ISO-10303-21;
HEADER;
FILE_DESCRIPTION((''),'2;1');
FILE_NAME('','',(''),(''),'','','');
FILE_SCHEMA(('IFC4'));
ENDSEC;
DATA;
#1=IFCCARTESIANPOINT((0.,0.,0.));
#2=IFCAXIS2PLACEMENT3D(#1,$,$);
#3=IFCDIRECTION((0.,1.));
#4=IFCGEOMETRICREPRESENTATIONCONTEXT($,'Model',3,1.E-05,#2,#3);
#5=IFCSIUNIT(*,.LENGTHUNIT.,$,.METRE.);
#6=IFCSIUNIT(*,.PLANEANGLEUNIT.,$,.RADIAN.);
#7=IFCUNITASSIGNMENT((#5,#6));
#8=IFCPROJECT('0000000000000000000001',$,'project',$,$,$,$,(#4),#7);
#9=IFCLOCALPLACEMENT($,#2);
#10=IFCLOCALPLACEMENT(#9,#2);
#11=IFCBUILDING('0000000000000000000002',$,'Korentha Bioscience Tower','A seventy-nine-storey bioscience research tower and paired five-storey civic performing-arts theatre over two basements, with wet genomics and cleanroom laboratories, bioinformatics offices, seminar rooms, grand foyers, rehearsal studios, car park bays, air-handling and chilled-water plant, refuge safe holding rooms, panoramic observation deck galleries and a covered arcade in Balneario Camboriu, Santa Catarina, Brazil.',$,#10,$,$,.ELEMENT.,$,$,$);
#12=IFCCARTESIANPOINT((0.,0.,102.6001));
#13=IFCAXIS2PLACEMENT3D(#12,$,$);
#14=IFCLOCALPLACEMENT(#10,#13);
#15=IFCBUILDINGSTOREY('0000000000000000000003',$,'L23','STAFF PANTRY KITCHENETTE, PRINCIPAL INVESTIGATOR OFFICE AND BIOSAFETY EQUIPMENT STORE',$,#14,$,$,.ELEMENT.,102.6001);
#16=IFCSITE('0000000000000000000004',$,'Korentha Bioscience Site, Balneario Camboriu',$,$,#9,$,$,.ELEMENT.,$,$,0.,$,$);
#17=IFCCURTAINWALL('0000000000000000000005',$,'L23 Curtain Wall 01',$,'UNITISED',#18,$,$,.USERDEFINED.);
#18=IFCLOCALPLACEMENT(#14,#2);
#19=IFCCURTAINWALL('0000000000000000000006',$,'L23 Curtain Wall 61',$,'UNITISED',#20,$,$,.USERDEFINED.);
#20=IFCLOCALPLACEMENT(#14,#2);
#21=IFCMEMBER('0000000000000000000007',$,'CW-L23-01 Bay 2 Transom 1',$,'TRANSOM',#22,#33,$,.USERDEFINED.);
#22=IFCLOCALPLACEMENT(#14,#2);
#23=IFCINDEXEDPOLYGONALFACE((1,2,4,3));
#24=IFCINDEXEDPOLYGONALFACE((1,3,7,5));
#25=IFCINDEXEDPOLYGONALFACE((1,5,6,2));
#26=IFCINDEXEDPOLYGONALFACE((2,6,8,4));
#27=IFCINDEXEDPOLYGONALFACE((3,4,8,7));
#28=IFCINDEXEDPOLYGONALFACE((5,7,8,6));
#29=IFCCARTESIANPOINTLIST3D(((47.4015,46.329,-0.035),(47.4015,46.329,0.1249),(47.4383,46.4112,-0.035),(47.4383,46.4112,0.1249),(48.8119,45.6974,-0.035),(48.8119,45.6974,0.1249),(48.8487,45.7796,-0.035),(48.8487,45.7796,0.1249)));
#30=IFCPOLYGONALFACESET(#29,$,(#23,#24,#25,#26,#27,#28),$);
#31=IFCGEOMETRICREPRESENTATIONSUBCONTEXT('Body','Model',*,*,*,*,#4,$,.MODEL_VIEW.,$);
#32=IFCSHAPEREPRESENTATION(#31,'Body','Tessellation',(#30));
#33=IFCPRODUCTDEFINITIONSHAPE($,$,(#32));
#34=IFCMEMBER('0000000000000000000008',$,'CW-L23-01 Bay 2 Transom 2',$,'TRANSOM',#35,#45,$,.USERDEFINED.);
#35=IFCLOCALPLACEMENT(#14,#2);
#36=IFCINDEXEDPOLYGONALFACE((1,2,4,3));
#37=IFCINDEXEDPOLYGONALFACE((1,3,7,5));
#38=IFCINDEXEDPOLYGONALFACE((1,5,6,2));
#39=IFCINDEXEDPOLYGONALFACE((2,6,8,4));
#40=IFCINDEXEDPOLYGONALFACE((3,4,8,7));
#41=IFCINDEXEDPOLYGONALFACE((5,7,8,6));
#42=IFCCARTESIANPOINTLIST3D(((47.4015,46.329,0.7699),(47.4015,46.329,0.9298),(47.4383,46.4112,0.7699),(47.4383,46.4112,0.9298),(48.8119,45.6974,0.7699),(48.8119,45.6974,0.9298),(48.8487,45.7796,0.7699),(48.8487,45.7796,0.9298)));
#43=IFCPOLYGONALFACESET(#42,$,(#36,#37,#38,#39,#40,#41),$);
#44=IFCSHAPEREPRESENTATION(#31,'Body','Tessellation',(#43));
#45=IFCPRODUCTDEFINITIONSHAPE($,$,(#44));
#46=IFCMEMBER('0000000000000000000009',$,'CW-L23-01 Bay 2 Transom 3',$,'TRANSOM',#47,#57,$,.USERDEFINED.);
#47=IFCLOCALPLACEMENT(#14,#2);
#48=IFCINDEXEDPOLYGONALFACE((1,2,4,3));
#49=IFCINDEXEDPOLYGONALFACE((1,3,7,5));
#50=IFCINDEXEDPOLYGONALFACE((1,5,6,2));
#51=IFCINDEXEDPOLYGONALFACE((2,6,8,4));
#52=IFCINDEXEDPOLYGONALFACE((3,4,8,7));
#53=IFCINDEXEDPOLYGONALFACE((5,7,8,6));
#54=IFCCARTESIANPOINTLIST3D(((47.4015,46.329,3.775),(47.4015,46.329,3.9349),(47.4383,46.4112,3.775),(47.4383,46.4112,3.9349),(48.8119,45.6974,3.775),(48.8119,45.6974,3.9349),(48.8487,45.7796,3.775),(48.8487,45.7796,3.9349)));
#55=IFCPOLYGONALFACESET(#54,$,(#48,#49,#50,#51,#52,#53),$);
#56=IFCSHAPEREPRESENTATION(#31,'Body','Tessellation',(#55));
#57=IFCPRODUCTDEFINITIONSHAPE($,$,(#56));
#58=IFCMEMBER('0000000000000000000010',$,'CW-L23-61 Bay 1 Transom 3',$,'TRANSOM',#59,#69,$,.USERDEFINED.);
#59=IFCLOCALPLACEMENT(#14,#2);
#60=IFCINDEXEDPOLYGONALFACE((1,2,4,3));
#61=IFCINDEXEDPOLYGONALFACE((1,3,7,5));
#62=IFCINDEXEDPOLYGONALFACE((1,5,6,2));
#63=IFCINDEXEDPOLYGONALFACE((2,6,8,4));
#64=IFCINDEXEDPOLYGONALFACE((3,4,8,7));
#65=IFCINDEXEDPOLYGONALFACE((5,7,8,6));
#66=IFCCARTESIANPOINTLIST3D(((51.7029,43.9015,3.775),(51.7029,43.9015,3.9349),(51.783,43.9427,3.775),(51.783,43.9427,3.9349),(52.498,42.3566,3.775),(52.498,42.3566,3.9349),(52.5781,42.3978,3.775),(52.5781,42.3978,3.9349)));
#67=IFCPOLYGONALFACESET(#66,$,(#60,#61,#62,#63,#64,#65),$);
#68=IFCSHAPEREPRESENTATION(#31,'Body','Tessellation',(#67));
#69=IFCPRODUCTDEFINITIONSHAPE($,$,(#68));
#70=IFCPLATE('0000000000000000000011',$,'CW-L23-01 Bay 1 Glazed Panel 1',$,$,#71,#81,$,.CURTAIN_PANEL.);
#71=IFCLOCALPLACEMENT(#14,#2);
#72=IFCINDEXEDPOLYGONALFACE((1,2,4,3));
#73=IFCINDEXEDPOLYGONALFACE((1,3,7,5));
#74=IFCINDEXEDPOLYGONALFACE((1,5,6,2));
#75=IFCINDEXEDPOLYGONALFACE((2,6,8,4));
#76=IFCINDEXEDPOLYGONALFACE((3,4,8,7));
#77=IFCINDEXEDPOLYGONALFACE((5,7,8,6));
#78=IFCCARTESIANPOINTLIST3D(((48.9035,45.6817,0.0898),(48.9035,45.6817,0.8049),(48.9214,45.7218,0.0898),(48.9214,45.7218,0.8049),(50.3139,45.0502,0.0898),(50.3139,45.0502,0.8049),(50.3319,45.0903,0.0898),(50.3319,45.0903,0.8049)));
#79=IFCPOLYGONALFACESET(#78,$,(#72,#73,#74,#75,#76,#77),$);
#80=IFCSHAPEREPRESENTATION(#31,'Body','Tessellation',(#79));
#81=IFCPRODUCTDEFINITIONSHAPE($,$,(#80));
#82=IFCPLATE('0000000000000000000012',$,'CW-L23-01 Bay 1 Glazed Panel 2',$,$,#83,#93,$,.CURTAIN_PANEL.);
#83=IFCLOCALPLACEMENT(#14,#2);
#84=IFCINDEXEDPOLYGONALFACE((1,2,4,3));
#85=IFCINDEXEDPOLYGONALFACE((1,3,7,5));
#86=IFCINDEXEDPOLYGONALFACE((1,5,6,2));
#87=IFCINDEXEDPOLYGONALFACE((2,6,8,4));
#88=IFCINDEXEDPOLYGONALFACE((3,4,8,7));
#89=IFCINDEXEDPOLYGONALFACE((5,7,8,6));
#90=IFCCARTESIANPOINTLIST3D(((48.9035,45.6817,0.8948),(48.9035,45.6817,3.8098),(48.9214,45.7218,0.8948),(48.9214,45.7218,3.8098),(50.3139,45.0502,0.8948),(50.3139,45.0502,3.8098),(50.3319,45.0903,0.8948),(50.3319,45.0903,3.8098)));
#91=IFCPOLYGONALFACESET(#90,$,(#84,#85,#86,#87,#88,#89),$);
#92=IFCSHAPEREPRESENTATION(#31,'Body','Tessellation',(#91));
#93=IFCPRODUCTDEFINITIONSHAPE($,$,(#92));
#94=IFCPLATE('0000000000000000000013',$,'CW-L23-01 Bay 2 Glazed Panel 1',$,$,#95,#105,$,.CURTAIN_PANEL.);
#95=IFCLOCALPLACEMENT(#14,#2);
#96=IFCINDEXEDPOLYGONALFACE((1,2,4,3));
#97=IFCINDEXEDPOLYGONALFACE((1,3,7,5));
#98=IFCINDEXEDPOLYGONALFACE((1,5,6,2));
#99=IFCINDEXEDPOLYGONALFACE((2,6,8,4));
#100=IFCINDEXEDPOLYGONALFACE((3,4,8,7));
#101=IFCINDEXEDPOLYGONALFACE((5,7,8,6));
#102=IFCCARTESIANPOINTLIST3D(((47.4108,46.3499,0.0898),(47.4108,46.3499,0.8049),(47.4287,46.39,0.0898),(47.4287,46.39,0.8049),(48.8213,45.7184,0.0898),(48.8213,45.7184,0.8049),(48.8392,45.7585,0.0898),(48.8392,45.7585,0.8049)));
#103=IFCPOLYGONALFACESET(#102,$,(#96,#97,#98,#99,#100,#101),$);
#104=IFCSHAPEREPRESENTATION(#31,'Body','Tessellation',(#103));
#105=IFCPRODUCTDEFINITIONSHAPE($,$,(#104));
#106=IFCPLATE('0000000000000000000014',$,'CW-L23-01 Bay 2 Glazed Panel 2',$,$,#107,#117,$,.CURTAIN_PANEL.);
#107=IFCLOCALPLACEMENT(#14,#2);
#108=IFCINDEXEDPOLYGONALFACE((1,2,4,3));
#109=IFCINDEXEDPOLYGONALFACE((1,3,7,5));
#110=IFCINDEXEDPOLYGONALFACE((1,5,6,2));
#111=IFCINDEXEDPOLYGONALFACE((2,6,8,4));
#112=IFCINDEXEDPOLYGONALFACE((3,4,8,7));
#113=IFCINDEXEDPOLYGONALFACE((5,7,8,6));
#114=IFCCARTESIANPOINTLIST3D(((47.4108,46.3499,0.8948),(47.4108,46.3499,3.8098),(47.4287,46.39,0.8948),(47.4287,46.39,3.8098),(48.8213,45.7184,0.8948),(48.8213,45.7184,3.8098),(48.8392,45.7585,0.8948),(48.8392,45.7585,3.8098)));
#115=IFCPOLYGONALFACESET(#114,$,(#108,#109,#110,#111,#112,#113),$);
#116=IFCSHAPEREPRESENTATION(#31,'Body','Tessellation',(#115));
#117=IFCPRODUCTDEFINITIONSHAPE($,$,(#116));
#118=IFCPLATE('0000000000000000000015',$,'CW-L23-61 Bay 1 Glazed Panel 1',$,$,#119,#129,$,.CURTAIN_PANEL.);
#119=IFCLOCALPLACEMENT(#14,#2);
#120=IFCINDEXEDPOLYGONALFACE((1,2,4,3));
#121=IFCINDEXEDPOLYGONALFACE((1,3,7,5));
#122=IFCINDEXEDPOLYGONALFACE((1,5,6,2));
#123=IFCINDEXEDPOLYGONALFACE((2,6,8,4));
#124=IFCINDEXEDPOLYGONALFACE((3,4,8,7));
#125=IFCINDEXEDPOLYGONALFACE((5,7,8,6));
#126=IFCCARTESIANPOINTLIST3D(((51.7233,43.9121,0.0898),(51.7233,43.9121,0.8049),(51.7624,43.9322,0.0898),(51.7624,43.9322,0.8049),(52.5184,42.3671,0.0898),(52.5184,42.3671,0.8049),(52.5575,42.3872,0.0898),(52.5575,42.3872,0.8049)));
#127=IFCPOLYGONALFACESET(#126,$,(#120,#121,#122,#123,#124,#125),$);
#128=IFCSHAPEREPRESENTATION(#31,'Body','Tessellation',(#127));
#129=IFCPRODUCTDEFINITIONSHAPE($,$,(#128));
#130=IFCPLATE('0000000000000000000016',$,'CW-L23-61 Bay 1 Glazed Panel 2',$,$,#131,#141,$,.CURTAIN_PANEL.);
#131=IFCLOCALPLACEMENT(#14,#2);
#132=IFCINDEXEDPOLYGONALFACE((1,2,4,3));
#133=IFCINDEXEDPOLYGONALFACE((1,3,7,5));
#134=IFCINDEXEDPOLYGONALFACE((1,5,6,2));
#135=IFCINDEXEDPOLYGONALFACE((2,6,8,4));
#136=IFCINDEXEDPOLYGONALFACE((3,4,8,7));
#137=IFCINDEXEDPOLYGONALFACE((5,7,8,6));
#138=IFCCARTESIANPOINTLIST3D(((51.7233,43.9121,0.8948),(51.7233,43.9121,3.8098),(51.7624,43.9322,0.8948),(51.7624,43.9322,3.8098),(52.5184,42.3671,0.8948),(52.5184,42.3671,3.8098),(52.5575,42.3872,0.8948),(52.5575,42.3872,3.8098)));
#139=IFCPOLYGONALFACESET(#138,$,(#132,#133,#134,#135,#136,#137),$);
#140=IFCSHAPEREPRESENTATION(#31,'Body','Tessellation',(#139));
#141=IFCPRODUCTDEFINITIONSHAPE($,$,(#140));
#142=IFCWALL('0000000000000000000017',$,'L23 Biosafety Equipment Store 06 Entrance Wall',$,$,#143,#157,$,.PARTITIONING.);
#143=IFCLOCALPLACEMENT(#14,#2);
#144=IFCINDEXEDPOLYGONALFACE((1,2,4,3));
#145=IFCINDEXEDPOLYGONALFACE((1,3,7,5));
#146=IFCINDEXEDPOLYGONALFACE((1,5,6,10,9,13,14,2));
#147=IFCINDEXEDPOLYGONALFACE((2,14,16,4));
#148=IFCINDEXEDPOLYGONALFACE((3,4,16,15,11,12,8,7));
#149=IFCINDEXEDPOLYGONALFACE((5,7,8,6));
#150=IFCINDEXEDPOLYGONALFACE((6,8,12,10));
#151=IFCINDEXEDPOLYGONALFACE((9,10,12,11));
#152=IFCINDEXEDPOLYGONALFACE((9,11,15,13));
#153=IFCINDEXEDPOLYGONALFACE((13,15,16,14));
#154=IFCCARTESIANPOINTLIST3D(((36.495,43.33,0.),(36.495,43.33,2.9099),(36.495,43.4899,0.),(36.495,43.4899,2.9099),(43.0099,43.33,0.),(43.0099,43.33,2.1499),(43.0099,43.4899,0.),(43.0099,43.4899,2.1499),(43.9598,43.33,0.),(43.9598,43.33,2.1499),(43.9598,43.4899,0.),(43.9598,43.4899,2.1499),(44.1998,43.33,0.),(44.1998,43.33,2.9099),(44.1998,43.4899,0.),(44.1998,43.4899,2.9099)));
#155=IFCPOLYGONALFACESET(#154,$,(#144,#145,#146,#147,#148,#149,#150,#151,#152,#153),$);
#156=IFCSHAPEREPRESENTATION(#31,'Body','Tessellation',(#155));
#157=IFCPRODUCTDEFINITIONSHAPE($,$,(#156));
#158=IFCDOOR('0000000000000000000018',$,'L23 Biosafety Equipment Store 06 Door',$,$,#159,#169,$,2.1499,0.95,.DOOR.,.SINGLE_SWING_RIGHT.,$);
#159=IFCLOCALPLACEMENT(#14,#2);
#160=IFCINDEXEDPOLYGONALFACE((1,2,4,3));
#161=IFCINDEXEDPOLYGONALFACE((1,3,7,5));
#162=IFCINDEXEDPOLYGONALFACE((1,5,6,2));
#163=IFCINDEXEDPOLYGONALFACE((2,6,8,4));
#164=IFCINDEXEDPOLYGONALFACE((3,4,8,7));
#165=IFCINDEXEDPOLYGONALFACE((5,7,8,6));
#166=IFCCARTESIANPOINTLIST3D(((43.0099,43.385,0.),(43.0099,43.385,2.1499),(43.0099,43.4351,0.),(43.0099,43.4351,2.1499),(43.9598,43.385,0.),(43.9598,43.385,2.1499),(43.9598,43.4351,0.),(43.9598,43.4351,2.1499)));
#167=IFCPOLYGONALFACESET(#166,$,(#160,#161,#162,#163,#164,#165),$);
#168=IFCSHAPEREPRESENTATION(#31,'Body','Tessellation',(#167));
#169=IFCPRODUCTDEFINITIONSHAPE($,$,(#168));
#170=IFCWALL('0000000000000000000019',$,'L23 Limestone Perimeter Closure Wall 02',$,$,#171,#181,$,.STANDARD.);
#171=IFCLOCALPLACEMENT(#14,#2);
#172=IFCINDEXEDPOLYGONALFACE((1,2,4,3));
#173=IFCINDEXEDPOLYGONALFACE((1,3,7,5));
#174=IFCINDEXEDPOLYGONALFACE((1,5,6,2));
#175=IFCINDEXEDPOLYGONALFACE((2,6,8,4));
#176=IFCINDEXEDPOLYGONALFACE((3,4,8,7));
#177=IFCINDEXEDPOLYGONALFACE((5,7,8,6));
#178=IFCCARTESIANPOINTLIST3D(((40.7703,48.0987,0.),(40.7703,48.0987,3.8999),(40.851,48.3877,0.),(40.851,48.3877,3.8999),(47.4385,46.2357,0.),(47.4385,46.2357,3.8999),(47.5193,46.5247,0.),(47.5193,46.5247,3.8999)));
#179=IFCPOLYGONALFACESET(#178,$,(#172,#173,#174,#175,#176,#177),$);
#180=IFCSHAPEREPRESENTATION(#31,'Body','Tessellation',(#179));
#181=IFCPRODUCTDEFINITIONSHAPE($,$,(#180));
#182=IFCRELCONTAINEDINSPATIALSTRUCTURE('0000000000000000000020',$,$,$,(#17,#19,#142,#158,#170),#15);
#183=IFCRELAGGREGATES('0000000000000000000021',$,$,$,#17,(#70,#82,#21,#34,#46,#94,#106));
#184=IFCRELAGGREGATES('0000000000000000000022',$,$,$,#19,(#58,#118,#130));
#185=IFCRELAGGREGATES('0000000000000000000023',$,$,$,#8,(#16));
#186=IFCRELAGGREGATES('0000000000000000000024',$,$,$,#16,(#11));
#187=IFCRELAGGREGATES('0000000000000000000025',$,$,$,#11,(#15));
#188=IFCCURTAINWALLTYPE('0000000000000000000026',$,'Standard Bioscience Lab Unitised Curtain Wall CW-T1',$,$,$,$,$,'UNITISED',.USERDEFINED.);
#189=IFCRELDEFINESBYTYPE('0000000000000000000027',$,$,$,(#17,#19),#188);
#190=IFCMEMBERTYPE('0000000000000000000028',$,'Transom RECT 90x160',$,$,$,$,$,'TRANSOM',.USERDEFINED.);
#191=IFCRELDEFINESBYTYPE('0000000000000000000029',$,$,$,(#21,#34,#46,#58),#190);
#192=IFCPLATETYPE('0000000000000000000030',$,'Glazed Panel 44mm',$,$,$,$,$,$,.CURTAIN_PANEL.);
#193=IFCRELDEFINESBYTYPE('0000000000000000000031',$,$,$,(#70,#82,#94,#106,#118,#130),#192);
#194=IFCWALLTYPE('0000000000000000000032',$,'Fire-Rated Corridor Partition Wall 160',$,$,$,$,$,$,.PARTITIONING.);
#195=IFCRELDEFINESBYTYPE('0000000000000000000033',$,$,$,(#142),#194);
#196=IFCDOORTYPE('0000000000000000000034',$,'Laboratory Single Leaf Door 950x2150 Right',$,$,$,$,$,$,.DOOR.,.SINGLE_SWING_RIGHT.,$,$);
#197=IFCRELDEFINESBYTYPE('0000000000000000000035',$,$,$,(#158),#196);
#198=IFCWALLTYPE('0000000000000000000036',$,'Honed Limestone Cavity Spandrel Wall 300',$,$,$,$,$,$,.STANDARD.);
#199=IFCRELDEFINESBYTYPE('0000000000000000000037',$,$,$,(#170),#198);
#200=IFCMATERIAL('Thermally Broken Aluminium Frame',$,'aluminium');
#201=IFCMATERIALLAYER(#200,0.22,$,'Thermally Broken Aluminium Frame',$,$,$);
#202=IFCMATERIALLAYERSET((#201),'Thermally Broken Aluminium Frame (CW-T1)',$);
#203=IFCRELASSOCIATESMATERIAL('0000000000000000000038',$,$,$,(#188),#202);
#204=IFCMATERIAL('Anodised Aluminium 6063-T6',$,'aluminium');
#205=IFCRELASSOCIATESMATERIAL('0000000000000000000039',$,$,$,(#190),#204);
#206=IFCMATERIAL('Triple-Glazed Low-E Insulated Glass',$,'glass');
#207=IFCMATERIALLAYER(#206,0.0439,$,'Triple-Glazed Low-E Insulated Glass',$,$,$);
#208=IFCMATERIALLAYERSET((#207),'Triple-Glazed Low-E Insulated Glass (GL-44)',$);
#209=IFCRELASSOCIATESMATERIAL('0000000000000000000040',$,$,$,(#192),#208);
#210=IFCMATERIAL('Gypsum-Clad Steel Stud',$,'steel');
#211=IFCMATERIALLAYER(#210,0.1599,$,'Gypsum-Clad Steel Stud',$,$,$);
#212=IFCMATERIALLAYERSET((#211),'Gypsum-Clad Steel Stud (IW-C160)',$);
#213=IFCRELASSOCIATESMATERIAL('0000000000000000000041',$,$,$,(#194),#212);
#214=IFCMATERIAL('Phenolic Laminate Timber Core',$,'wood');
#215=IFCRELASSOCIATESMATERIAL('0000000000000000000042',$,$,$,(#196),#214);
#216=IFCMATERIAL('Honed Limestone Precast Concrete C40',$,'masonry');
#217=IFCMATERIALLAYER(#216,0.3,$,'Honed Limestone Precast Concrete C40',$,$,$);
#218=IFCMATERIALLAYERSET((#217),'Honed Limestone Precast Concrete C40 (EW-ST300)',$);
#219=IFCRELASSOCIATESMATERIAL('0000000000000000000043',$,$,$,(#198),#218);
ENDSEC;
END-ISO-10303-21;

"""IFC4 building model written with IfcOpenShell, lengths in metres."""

from ifc_helpers import new_model, si_unit, direction, frame, frame_2d, origin, origin_2d, place, context, subcontext, project, spatial, rectangle, extrude, material, layer, layer_set, material_profile, profile_set, type_object, element, fill, aggregate, save


model = new_model("IFC4")

# Units and contexts
model_context = context("Model", 3, precision=1e-05, world=origin(), true_north=direction((0.0, 1.0)))
body_context = subcontext(model_context, "Body", "Model", "MODEL_VIEW")
ifc_project = project(units=[si_unit("LENGTHUNIT", "METRE"), si_unit("PLANEANGLEUNIT", "RADIAN")], contexts=[model_context])

# Site, building, storey
site_placement = place(None, origin())
site = spatial("IfcSite", under=ifc_project, at=site_placement, Name="Korentha Bioscience Site, Balneario Camboriu", CompositionType="ELEMENT", RefElevation=0.0)
building_placement = place(site_placement, origin())
building = spatial("IfcBuilding", under=site, at=building_placement, Name="Korentha Bioscience Tower", Description="A seventy-nine-storey bioscience research tower and paired five-storey civic performing-arts theatre over two basements, with wet genomics and cleanroom laboratories, bioinformatics offices, seminar rooms, grand foyers, rehearsal studios, car park bays, air-handling and chilled-water plant, refuge safe holding rooms, panoramic observation deck galleries and a covered arcade in Balneario Camboriu, Santa Catarina, Brazil.", CompositionType="ELEMENT")
storey_placement = place(building_placement, frame((0.0, 0.0, 102.6001)))
storey = spatial("IfcBuildingStorey", under=building, at=storey_placement, Name="L23", Description="STAFF PANTRY KITCHENETTE, PRINCIPAL INVESTIGATOR OFFICE AND BIOSAFETY EQUIPMENT STORE", CompositionType="ELEMENT", Elevation=102.6001)

# Curtain wall
ifc_material_1 = material(Name="Thermally Broken Aluminium Frame", Category="aluminium")
ifc_layer_1 = layer(ifc_material_1, 0.22, Name="Thermally Broken Aluminium Frame")
ifc_layer_set_1 = layer_set([ifc_layer_1], Name="Thermally Broken Aluminium Frame (CW-T1)")
curtain_wall_type = type_object("IfcCurtainWallType", Name="Standard Bioscience Lab Unitised Curtain Wall CW-T1", ElementType="UNITISED", PredefinedType="USERDEFINED", material=ifc_layer_set_1)
curtain_wall_1_placement = place(storey_placement, origin())
curtain_wall_1 = element("IfcCurtainWall", 1, at=curtain_wall_1_placement, inside=storey, type_object=curtain_wall_type, Name="L23 Curtain Wall 01", ObjectType="UNITISED", PredefinedType="USERDEFINED")
ifc_material_2 = material(Name="Anodised Aluminium 6063-T6", Category="aluminium")

# Curtain wall
curtain_wall_2_placement = place(storey_placement, origin())
curtain_wall_2 = element("IfcCurtainWall", 2, at=curtain_wall_2_placement, inside=storey, type_object=curtain_wall_type, Name="L23 Curtain Wall 61", ObjectType="UNITISED", PredefinedType="USERDEFINED")

# Members
ifc_material_profile_1 = material_profile(ifc_material_2, rectangle(XDim=0.0901, YDim=0.1599, at=origin_2d()), Name="Anodised Aluminium 6063-T6")
ifc_profile_set_1 = profile_set([ifc_material_profile_1], Name="Anodised Aluminium 6063-T6 (CW-TRN)")
member_type_1 = type_object("IfcMemberType", Name="Transom RECT 90x160", ElementType="TRANSOM", PredefinedType="USERDEFINED", material=ifc_profile_set_1)
member_1_placement = place(storey_placement, frame((48.8303, 45.7385, 0.0449), z_axis=(-0.912668, 0.408702, 0.0), x_axis=(-0.408702, -0.912668, 0.0)))
member_1 = element("IfcMember", 3, at=member_1_placement, type_object=member_type_1, Name="CW-L23-01 Bay 2 Transom 1", ObjectType="TRANSOM", PredefinedType="USERDEFINED", context=body_context, shape_type="SweptSolid", body=[
    extrude(rectangle(XDim=0.0901, YDim=0.1599, at=origin_2d()), origin(), (0.0, 0.0, 1.0), 1.5454),
])
member_2_placement = place(storey_placement, frame((48.8303, 45.7385, 0.8499), z_axis=(-0.912668, 0.408702, 0.0), x_axis=(-0.408702, -0.912668, 0.0)))
member_2 = element("IfcMember", 4, at=member_2_placement, type_object=member_type_1, Name="CW-L23-01 Bay 2 Transom 2", ObjectType="TRANSOM", PredefinedType="USERDEFINED", context=body_context, shape_type="SweptSolid", body=[
    extrude(rectangle(XDim=0.0901, YDim=0.1599, at=origin_2d()), origin(), (0.0, 0.0, 1.0), 1.5454),
])
member_3_placement = place(storey_placement, frame((48.8303, 45.7385, 3.855), z_axis=(-0.912668, 0.408702, 0.0), x_axis=(-0.408702, -0.912668, 0.0)))
member_3 = element("IfcMember", 5, at=member_3_placement, type_object=member_type_1, Name="CW-L23-01 Bay 2 Transom 3", ObjectType="TRANSOM", PredefinedType="USERDEFINED", context=body_context, shape_type="SweptSolid", body=[
    extrude(rectangle(XDim=0.0901, YDim=0.1599, at=origin_2d()), origin(), (0.0, 0.0, 1.0), 1.5454),
])
member_4_placement = place(storey_placement, frame((52.5381, 42.3772, 3.855), z_axis=(-0.457637, 0.889139, 0.0), x_axis=(-0.889139, -0.457637, 0.0)))
member_4 = element("IfcMember", 6, at=member_4_placement, type_object=member_type_1, Name="CW-L23-61 Bay 1 Transom 3", ObjectType="TRANSOM", PredefinedType="USERDEFINED", context=body_context, shape_type="SweptSolid", body=[
    extrude(rectangle(XDim=0.0901, YDim=0.1599, at=origin_2d()), origin(), (0.0, 0.0, 1.0), 1.7375),
])

# Plates
ifc_material_3 = material(Name="Triple-Glazed Low-E Insulated Glass", Category="glass")
ifc_layer_2 = layer(ifc_material_3, 0.0439, Name="Triple-Glazed Low-E Insulated Glass")
ifc_layer_set_2 = layer_set([ifc_layer_2], Name="Triple-Glazed Low-E Insulated Glass (GL-44)")
plate_type = type_object("IfcPlateType", Name="Glazed Panel 44mm", PredefinedType="CURTAIN_PANEL", material=ifc_layer_set_2)
plate_1_placement = place(storey_placement, frame((49.6177, 45.386, 0.0898), z_axis=(0.0, 0.0, 1.0), x_axis=(-0.912687, 0.40866, 0.0)))
plate_1 = element("IfcPlate", 7, at=plate_1_placement, type_object=plate_type, Name="CW-L23-01 Bay 1 Glazed Panel 1", PredefinedType="CURTAIN_PANEL", context=body_context, shape_type="SweptSolid", body=[
    extrude(rectangle(XDim=1.5454, YDim=0.0439, at=origin_2d()), origin(), (0.0, 0.0, 1.0), 0.7151),
])
plate_2_placement = place(storey_placement, frame((49.6177, 45.386, 0.8948), z_axis=(0.0, 0.0, 1.0), x_axis=(-0.912687, 0.40866, 0.0)))
plate_2 = element("IfcPlate", 8, at=plate_2_placement, type_object=plate_type, Name="CW-L23-01 Bay 1 Glazed Panel 2", PredefinedType="CURTAIN_PANEL", context=body_context, shape_type="SweptSolid", body=[
    extrude(rectangle(XDim=1.5454, YDim=0.0439, at=origin_2d()), origin(), (0.0, 0.0, 1.0), 2.915),
])
plate_3_placement = place(storey_placement, frame((48.125, 46.0542, 0.0898), z_axis=(0.0, 0.0, 1.0), x_axis=(-0.912687, 0.40866, 0.0)))
plate_3 = element("IfcPlate", 9, at=plate_3_placement, type_object=plate_type, Name="CW-L23-01 Bay 2 Glazed Panel 1", PredefinedType="CURTAIN_PANEL", context=body_context, shape_type="SweptSolid", body=[
    extrude(rectangle(XDim=1.5454, YDim=0.0439, at=origin_2d()), origin(), (0.0, 0.0, 1.0), 0.7151),
])
plate_4_placement = place(storey_placement, frame((48.125, 46.0542, 0.8948), z_axis=(0.0, 0.0, 1.0), x_axis=(-0.912687, 0.40866, 0.0)))
plate_4 = element("IfcPlate", 10, at=plate_4_placement, type_object=plate_type, Name="CW-L23-01 Bay 2 Glazed Panel 2", PredefinedType="CURTAIN_PANEL", context=body_context, shape_type="SweptSolid", body=[
    extrude(rectangle(XDim=1.5454, YDim=0.0439, at=origin_2d()), origin(), (0.0, 0.0, 1.0), 2.915),
])
aggregate(curtain_wall_1, [plate_1, plate_2, member_1, member_2, member_3, plate_3, plate_4])
plate_5_placement = place(storey_placement, frame((52.1404, 43.1497, 0.0898), z_axis=(0.0, 0.0, 1.0), x_axis=(-0.457613, 0.889151, 0.0)))
plate_5 = element("IfcPlate", 11, at=plate_5_placement, type_object=plate_type, Name="CW-L23-61 Bay 1 Glazed Panel 1", PredefinedType="CURTAIN_PANEL", context=body_context, shape_type="SweptSolid", body=[
    extrude(rectangle(XDim=1.7375, YDim=0.0439, at=origin_2d()), origin(), (0.0, 0.0, 1.0), 0.7151),
])
plate_6_placement = place(storey_placement, frame((52.1404, 43.1497, 0.8948), z_axis=(0.0, 0.0, 1.0), x_axis=(-0.457613, 0.889151, 0.0)))
plate_6 = element("IfcPlate", 12, at=plate_6_placement, type_object=plate_type, Name="CW-L23-61 Bay 1 Glazed Panel 2", PredefinedType="CURTAIN_PANEL", context=body_context, shape_type="SweptSolid", body=[
    extrude(rectangle(XDim=1.7375, YDim=0.0439, at=origin_2d()), origin(), (0.0, 0.0, 1.0), 2.915),
])
aggregate(curtain_wall_2, [member_4, plate_5, plate_6])

# Wall, opening, door
ifc_material_4 = material(Name="Gypsum-Clad Steel Stud", Category="steel")
ifc_layer_3 = layer(ifc_material_4, 0.1599, Name="Gypsum-Clad Steel Stud")
ifc_layer_set_3 = layer_set([ifc_layer_3], Name="Gypsum-Clad Steel Stud (IW-C160)")
wall_type_1 = type_object("IfcWallType", Name="Fire-Rated Corridor Partition Wall 160", PredefinedType="PARTITIONING", material=ifc_layer_set_3)
wall_1_placement = place(storey_placement, frame((44.2, 43.4099, 0.0), z_axis=(0.0, 0.0, 1.0), x_axis=(-1.0, 0.0, 0.0)))
wall_1 = element("IfcWall", 13, at=wall_1_placement, inside=storey, type_object=wall_type_1, Name="L23 Biosafety Equipment Store 06 Entrance Wall", PredefinedType="PARTITIONING", context=body_context, shape_type="SweptSolid", body=[
    extrude(rectangle(XDim=7.7048, YDim=0.1599, at=frame_2d((3.8525, 0.0))), origin(), (0.0, 0.0, 1.0), 2.9099),
])
opening_placement = place(wall_1_placement, frame((0.24, 0.0, 0.0)))
opening = element("IfcOpeningElement", 14, at=opening_placement, cuts=wall_1, PredefinedType="OPENING", context=body_context, shape_type="SweptSolid", body=[
    extrude(rectangle(XDim=0.95, YDim=2.1499, at=frame_2d((0.4751, 1.075))), frame((0.0, 0.0947, 0.0), z_axis=(0.0, -1.0, 0.0), x_axis=(1.0, 0.0, 0.0)), (0.0, 0.0, 1.0), 0.1897),
])
ifc_material_5 = material(Name="Phenolic Laminate Timber Core", Category="wood")
door_type = type_object("IfcDoorType", Name="Laboratory Single Leaf Door 950x2150 Right", OperationType="SINGLE_SWING_RIGHT", PredefinedType="DOOR", material=ifc_material_5)
door_placement = place(opening_placement, origin())
door = element("IfcDoor", 15, at=door_placement, inside=storey, type_object=door_type, Name="L23 Biosafety Equipment Store 06 Door", OperationType="SINGLE_SWING_RIGHT", OverallHeight=2.1499, OverallWidth=0.95, PredefinedType="DOOR", context=body_context, shape_type="SweptSolid", body=[
    extrude(rectangle(XDim=0.95, YDim=2.1499, at=frame_2d((0.4751, 1.075))), frame((0.0, 0.0249, 0.0), z_axis=(0.0, -1.0, 0.0), x_axis=(1.0, 0.0, 0.0)), (0.0, 0.0, 1.0), 0.05),
])
fill(opening, door)

# Wall
ifc_material_6 = material(Name="Honed Limestone Precast Concrete C40", Category="masonry")
ifc_layer_4 = layer(ifc_material_6, 0.3, Name="Honed Limestone Precast Concrete C40")
ifc_layer_set_4 = layer_set([ifc_layer_4], Name="Honed Limestone Precast Concrete C40 (EW-ST300)")
wall_type_2 = type_object("IfcWallType", Name="Honed Limestone Cavity Spandrel Wall 300", PredefinedType="STANDARD", material=ifc_layer_set_4)
wall_2_placement = place(storey_placement, frame((47.479, 46.3801, 0.0), z_axis=(0.0, 0.0, 1.0), x_axis=(-0.963116, 0.269086, 0.0)))
element("IfcWall", 16, at=wall_2_placement, inside=storey, type_object=wall_type_2, Name="L23 Limestone Perimeter Closure Wall 02", PredefinedType="STANDARD", context=body_context, shape_type="SweptSolid", body=[
    extrude(rectangle(XDim=6.9236, YDim=0.3, at=frame_2d((3.4619, 0.0))), origin(), (0.0, 0.0, 1.0), 3.8999),
])

save(model, "model.ifc")
